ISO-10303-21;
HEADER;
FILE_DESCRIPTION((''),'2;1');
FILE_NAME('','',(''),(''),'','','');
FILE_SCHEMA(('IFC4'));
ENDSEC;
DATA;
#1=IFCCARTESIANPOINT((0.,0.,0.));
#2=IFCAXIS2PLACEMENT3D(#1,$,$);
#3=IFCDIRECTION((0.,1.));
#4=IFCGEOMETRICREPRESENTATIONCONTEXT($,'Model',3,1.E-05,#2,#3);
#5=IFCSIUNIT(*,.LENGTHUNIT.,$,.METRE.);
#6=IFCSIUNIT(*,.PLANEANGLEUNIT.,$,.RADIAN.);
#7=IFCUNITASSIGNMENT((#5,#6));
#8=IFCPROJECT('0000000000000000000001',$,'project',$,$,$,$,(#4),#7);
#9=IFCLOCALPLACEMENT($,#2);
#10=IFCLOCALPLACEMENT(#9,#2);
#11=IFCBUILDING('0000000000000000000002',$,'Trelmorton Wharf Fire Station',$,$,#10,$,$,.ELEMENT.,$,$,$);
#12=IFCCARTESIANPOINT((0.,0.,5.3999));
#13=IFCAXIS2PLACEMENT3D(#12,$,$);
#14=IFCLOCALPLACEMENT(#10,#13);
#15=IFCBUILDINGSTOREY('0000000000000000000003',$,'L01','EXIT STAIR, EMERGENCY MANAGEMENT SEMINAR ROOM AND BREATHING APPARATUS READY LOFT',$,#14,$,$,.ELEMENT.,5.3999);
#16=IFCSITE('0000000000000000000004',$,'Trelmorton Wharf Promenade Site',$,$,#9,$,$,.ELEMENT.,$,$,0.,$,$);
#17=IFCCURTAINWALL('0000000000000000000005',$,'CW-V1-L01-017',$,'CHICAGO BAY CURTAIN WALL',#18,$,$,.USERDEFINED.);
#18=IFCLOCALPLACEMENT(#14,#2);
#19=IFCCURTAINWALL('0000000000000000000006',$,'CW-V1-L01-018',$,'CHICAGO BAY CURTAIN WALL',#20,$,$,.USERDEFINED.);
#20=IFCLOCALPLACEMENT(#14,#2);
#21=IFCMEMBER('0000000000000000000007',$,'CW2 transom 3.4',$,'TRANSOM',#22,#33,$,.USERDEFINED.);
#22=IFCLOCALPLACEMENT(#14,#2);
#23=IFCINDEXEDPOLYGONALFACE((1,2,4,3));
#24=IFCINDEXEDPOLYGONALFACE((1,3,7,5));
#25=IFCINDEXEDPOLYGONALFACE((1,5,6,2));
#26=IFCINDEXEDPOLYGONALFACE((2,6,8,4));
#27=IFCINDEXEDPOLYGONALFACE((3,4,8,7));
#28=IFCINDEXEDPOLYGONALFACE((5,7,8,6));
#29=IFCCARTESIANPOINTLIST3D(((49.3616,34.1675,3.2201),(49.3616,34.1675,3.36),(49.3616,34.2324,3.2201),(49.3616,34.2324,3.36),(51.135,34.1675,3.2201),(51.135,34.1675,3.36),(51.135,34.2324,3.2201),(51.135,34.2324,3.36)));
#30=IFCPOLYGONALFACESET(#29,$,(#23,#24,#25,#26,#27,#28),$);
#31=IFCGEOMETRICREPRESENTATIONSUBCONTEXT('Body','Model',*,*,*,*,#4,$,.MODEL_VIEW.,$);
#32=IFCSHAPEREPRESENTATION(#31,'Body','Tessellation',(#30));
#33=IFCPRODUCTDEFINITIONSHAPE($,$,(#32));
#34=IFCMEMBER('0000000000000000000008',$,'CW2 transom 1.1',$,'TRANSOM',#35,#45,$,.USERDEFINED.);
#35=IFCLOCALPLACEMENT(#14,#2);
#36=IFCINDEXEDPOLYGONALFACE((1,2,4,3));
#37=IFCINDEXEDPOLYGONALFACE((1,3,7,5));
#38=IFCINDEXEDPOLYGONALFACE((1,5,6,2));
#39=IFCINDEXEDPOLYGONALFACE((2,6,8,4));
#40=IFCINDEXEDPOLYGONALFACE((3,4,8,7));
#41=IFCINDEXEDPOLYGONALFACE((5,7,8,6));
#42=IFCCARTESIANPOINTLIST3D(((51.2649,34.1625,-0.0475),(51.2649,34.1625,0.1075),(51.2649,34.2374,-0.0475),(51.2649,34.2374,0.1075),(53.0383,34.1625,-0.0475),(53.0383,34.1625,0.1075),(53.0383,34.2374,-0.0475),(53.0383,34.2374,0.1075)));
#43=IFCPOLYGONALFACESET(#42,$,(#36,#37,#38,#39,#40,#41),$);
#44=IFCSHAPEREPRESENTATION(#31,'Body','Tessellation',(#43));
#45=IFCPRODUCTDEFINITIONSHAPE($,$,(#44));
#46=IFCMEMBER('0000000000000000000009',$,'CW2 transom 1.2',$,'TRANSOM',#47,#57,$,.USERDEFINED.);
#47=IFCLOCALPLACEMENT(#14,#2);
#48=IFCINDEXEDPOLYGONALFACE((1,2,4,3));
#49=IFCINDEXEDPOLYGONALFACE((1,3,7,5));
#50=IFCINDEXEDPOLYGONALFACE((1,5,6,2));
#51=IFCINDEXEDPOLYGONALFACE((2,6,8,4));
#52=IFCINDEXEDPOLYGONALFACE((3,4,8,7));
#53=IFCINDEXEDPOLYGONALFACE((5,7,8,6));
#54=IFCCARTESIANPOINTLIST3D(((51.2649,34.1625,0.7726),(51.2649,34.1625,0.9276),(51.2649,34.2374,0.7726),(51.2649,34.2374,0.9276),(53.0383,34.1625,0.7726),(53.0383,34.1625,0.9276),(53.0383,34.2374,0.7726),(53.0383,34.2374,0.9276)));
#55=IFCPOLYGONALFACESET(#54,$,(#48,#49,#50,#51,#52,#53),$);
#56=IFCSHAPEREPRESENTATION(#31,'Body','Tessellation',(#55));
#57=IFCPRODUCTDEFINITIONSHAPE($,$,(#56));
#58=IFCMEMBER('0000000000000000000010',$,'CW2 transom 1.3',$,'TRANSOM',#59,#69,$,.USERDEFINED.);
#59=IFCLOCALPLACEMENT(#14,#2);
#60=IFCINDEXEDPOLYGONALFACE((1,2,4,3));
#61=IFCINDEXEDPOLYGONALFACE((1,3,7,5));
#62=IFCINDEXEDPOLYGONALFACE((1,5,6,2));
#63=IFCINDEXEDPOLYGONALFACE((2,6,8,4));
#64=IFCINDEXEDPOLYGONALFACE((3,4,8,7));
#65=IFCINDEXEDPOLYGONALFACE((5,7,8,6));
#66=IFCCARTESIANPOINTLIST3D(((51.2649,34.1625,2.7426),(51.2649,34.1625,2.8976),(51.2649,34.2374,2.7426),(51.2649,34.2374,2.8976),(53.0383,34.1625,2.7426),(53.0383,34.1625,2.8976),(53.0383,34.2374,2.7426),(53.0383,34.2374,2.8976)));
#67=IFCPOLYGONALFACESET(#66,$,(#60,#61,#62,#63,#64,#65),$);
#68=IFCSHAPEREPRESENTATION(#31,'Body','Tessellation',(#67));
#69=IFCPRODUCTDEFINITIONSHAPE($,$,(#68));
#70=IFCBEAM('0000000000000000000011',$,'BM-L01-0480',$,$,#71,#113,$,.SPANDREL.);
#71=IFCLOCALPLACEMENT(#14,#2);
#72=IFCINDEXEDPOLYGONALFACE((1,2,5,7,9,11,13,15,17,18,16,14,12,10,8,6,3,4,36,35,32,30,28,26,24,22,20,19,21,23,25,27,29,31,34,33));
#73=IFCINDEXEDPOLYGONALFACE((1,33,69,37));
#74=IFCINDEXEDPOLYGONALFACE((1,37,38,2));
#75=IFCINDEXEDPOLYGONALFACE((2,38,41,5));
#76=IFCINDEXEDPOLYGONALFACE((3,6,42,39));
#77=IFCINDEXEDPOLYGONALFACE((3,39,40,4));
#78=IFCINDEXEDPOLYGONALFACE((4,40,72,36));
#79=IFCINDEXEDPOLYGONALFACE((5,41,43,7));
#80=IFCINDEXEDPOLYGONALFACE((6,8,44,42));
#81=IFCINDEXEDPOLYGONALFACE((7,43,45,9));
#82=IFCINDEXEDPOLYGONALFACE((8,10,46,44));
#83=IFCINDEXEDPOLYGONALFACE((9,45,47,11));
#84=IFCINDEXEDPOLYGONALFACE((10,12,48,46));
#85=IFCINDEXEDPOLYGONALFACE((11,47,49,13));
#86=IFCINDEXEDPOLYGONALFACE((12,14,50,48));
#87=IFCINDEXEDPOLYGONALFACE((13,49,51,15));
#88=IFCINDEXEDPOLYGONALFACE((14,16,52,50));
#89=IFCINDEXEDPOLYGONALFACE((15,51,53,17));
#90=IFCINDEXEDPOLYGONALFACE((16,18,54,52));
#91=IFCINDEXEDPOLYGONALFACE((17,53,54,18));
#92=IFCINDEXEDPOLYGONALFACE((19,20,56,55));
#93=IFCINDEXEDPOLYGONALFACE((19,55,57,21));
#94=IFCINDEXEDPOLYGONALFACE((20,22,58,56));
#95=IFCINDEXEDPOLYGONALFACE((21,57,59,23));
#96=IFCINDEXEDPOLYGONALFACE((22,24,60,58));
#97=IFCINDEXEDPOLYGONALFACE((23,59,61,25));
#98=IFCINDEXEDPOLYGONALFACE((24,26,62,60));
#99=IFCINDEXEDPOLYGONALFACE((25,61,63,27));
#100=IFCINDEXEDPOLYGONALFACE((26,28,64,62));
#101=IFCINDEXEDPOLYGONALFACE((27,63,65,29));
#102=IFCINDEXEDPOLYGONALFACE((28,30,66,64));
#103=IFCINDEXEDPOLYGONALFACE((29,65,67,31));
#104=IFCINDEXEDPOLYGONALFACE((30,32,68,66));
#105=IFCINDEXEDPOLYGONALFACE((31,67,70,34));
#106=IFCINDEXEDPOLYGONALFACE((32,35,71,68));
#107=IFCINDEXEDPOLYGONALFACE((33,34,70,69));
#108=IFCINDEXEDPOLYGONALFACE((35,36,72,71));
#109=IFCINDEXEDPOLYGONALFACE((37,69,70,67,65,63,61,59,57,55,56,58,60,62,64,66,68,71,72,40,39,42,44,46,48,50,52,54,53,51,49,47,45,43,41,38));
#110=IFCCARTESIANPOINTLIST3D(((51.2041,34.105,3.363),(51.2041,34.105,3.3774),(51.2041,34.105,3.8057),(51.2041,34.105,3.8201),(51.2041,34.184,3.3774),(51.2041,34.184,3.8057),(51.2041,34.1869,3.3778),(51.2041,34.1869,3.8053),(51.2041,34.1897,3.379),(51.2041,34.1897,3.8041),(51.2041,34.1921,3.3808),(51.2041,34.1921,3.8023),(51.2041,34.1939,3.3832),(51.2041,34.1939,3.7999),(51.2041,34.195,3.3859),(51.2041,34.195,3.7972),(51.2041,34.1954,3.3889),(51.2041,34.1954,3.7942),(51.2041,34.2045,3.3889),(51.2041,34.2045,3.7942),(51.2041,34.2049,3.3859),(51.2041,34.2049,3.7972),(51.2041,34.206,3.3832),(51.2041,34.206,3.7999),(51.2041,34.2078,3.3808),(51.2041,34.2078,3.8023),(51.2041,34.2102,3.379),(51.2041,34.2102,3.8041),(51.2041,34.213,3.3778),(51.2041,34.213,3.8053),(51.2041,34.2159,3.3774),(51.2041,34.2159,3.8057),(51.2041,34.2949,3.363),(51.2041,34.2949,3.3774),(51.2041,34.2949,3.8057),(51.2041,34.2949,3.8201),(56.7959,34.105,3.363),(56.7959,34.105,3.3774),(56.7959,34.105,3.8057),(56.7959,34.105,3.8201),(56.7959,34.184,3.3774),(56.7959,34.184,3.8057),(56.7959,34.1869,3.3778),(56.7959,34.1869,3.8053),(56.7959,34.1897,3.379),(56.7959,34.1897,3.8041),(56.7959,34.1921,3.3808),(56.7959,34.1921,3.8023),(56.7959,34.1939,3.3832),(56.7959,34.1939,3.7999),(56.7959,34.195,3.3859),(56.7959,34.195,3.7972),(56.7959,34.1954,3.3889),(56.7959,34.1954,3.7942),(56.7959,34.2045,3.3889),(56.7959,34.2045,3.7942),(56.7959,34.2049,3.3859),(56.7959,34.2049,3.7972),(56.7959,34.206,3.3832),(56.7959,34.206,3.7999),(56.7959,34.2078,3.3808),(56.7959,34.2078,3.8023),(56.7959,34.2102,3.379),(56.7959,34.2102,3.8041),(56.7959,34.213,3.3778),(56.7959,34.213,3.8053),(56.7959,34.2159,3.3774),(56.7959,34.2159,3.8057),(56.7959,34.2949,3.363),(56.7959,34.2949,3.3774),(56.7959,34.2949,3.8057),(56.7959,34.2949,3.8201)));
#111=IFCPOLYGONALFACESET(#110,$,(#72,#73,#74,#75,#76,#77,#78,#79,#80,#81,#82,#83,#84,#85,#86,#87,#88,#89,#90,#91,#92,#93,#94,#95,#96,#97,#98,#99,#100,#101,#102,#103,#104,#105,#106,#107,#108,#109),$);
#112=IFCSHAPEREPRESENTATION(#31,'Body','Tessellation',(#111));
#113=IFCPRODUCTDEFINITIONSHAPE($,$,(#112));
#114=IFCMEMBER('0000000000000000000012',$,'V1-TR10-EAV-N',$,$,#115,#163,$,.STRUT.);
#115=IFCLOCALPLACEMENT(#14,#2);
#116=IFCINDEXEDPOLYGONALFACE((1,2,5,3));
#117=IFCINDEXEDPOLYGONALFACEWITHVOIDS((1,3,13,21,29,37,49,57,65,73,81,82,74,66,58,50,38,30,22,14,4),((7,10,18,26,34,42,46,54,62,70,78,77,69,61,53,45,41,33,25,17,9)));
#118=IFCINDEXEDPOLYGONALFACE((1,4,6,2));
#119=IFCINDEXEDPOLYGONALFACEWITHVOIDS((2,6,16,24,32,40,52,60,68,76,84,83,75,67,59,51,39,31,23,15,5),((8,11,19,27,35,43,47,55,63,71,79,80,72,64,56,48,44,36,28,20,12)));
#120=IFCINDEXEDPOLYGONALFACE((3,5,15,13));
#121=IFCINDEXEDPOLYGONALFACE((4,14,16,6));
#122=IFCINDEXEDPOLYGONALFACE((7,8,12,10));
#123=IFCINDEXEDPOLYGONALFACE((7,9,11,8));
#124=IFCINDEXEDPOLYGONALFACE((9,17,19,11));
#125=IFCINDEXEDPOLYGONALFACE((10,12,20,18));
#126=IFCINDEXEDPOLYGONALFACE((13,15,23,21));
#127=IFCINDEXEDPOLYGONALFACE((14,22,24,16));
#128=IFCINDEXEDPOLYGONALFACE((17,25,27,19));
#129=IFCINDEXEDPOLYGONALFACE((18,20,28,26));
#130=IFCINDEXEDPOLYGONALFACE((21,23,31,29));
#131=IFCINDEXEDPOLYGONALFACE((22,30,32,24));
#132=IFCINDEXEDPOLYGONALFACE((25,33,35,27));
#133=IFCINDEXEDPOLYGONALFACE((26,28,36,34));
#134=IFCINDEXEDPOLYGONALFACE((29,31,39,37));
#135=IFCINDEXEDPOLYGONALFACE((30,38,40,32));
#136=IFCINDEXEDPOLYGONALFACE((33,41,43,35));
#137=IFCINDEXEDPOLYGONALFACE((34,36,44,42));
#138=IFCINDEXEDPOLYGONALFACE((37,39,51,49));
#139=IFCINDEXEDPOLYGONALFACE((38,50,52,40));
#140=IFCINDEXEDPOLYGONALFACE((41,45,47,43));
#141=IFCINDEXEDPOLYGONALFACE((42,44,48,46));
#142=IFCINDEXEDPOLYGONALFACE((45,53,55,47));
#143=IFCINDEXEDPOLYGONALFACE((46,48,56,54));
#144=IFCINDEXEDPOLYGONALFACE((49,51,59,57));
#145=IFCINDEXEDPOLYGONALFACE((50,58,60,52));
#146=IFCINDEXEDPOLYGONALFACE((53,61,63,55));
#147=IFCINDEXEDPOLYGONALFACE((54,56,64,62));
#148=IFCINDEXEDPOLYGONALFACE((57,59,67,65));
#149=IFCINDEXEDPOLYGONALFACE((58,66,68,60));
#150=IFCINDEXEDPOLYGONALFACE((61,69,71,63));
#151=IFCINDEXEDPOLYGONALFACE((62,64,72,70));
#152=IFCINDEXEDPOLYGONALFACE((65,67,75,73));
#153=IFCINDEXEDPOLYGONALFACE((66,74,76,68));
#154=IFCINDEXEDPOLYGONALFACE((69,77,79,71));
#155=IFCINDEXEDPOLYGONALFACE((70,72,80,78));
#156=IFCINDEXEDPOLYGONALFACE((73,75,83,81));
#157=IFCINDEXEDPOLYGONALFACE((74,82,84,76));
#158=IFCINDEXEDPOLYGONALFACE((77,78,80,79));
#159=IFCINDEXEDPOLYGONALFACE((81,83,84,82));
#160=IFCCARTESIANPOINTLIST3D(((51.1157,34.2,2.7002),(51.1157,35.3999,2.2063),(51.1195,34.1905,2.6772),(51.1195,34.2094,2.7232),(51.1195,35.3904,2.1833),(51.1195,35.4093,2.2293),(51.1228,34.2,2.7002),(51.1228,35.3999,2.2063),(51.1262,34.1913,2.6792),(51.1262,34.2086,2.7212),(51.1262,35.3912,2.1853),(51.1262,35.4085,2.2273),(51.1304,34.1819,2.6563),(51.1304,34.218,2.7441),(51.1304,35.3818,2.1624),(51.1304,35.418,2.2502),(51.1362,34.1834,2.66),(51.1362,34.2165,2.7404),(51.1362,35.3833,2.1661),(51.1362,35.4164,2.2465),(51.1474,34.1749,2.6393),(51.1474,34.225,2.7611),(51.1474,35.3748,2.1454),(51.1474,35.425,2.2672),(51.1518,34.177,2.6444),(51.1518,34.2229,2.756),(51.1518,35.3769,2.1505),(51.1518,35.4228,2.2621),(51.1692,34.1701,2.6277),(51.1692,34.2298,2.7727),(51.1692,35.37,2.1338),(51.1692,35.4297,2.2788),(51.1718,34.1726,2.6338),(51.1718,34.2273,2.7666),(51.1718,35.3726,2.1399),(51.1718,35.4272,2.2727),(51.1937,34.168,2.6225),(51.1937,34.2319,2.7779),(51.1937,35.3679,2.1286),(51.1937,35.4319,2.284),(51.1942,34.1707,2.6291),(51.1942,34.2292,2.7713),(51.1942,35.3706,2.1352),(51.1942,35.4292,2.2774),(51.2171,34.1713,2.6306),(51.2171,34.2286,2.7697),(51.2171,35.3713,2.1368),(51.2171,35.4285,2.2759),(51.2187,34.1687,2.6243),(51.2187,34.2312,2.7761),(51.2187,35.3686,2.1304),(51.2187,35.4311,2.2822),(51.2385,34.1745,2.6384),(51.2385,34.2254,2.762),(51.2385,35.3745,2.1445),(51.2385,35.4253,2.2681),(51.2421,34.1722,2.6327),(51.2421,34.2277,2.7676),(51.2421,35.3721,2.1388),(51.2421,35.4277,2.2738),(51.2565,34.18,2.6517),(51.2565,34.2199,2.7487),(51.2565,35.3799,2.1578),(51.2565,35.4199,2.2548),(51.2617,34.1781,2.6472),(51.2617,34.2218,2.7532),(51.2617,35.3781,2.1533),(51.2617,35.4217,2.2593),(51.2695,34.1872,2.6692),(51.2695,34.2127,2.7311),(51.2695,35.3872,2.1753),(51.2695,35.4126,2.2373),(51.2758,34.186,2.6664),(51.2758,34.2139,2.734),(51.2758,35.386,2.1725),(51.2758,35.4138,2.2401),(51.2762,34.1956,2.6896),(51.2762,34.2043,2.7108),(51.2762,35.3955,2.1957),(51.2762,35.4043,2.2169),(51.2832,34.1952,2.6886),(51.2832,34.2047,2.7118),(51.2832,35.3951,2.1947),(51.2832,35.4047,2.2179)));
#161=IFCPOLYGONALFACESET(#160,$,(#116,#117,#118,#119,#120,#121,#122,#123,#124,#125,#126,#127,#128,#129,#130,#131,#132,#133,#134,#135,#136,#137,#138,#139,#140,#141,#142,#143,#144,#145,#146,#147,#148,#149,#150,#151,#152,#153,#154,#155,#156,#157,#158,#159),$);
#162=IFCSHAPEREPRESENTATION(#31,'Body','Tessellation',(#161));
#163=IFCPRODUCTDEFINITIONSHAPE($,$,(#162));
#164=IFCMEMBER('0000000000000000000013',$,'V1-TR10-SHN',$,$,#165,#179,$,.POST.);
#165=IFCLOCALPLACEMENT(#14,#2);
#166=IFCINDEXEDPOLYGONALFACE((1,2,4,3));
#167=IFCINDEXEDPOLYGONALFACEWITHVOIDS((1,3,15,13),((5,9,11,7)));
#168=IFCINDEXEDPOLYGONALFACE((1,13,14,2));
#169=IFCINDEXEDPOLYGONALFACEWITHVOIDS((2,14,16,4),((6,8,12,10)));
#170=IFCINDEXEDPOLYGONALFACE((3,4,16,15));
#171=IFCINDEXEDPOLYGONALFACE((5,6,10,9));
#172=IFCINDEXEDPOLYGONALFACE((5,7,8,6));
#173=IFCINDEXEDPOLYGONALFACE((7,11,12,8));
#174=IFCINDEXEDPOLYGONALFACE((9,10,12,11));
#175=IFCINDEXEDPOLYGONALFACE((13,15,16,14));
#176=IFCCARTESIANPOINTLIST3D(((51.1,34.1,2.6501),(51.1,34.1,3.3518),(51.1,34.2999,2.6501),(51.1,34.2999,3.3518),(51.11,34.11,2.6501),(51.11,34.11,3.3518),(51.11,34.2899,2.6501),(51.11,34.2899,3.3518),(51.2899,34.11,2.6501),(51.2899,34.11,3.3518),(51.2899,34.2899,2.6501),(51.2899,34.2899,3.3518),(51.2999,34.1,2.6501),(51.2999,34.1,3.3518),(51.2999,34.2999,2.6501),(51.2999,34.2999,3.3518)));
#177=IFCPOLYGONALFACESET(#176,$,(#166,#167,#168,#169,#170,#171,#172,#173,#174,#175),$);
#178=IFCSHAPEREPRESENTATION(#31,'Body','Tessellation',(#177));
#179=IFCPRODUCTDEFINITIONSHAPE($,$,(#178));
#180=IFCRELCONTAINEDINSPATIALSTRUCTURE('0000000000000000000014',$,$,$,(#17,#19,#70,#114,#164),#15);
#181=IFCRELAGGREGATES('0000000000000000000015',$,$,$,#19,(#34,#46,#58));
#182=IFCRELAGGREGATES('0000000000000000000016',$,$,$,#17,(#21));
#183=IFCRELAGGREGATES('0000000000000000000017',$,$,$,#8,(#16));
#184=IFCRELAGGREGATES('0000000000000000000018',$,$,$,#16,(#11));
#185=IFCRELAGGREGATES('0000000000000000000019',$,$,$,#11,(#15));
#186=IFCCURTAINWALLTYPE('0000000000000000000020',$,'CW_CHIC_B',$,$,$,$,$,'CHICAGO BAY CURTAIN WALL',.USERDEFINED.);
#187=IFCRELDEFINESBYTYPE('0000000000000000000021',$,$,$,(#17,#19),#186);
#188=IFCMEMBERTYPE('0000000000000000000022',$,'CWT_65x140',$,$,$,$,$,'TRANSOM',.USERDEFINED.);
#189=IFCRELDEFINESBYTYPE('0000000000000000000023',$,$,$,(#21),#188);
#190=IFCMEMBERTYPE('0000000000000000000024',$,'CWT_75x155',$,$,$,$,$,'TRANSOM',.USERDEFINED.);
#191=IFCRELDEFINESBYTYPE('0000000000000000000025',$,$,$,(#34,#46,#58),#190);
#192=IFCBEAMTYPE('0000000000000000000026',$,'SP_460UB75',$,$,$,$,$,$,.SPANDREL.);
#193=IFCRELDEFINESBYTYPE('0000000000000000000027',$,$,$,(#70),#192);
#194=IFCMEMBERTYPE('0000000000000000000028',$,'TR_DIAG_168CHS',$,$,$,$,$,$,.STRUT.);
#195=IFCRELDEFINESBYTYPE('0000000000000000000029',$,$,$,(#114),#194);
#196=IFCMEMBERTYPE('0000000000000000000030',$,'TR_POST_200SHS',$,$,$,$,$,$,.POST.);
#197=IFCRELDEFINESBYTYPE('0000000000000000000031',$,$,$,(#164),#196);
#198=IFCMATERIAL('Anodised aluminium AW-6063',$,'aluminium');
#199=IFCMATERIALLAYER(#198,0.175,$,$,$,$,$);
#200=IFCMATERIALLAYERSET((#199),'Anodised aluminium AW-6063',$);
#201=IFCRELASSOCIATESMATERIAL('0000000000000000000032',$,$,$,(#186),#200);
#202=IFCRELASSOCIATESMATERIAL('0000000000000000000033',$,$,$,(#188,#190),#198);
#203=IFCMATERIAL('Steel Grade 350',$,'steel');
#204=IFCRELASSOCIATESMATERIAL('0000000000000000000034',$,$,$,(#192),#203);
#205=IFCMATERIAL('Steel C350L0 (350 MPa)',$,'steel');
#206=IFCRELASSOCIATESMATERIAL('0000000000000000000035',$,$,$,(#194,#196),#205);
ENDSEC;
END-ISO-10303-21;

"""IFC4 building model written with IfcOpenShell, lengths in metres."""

from ifc_helpers import new_model, si_unit, direction, frame, origin, origin_2d, place, context, subcontext, project, spatial, rectangle, hollow_rectangle, hollow_circle, i_section, extrude, material, layer, layer_set, material_profile, profile_set, type_object, element, aggregate, save


model = new_model("IFC4")

# Units and contexts
model_context = context("Model", 3, precision=1e-05, world=origin(), true_north=direction((0.0, 1.0)))
body_context = subcontext(model_context, "Body", "Model", "MODEL_VIEW")
ifc_project = project(units=[si_unit("LENGTHUNIT", "METRE"), si_unit("PLANEANGLEUNIT", "RADIAN")], contexts=[model_context])

# Site, building, storey
site_placement = place(None, origin())
site = spatial("IfcSite", under=ifc_project, at=site_placement, Name="Trelmorton Wharf Promenade Site", CompositionType="ELEMENT", RefElevation=0.0)
building_placement = place(site_placement, origin())
building = spatial("IfcBuilding", under=site, at=building_placement, Name="Trelmorton Wharf Fire Station", CompositionType="ELEMENT")
storey_placement = place(building_placement, frame((0.0, 0.0, 5.3999)))
storey = spatial("IfcBuildingStorey", under=building, at=storey_placement, Name="L01", Description="EXIT STAIR, EMERGENCY MANAGEMENT SEMINAR ROOM AND BREATHING APPARATUS READY LOFT", CompositionType="ELEMENT", Elevation=5.3999)

# Shared definitions
ifc_material_1 = material(Name="Steel Grade 350", Category="steel")

# Curtain wall
ifc_material_2 = material(Name="Anodised aluminium AW-6063", Category="aluminium")
ifc_layer_1 = layer(ifc_material_2, 0.175)
ifc_layer_set_1 = layer_set([ifc_layer_1], Name="Anodised aluminium AW-6063")
curtain_wall_type = type_object("IfcCurtainWallType", Name="CW_CHIC_B", ElementType="CHICAGO BAY CURTAIN WALL", PredefinedType="USERDEFINED", material=ifc_layer_set_1)
curtain_wall_1_placement = place(storey_placement, origin())
curtain_wall_1 = element("IfcCurtainWall", 1, at=curtain_wall_1_placement, inside=storey, type_object=curtain_wall_type, Name="CW-V1-L01-017", ObjectType="CHICAGO BAY CURTAIN WALL", PredefinedType="USERDEFINED")

# Curtain wall
curtain_wall_2_placement = place(storey_placement, origin())
curtain_wall_2 = element("IfcCurtainWall", 2, at=curtain_wall_2_placement, inside=storey, type_object=curtain_wall_type, Name="CW-V1-L01-018", ObjectType="CHICAGO BAY CURTAIN WALL", PredefinedType="USERDEFINED")

# Members
ifc_material_profile_1 = material_profile(ifc_material_2, rectangle(XDim=0.0649, YDim=0.1399, at=origin_2d()), Name="ALU-65x140")
ifc_profile_set_1 = profile_set([ifc_material_profile_1], Name="Anodised aluminium AW-6063")
member_type_1 = type_object("IfcMemberType", Name="CWT_65x140", ElementType="TRANSOM", PredefinedType="USERDEFINED", material=ifc_profile_set_1)
member_1_placement = place(storey_placement, frame((49.3616, 34.2, 3.29), z_axis=(1.0, 0.0, 0.0), x_axis=(0.0, 1.0, 0.0)))
member_1 = element("IfcMember", 3, at=member_1_placement, type_object=member_type_1, Name="CW2 transom 3.4", ObjectType="TRANSOM", PredefinedType="USERDEFINED", context=body_context, shape_type="SweptSolid", body=[
    extrude(rectangle(XDim=0.0649, YDim=0.1399, at=origin_2d()), origin(), (0.0, 0.0, 1.0), 1.7734),
])
ifc_material_profile_2 = material_profile(ifc_material_2, rectangle(XDim=0.075, YDim=0.155, at=origin_2d()), Name="ALU-75x155")
ifc_profile_set_2 = profile_set([ifc_material_profile_2], Name="Anodised aluminium AW-6063")
member_type_2 = type_object("IfcMemberType", Name="CWT_75x155", ElementType="TRANSOM", PredefinedType="USERDEFINED", material=ifc_profile_set_2)
member_2_placement = place(storey_placement, frame((51.2649, 34.2, 0.03), z_axis=(1.0, 0.0, 0.0), x_axis=(0.0, 1.0, 0.0)))
member_2 = element("IfcMember", 4, at=member_2_placement, type_object=member_type_2, Name="CW2 transom 1.1", ObjectType="TRANSOM", PredefinedType="USERDEFINED", context=body_context, shape_type="SweptSolid", body=[
    extrude(rectangle(XDim=0.075, YDim=0.155, at=origin_2d()), origin(), (0.0, 0.0, 1.0), 1.7734),
])
member_3_placement = place(storey_placement, frame((51.2649, 34.2, 0.8501), z_axis=(1.0, 0.0, 0.0), x_axis=(0.0, 1.0, 0.0)))
member_3 = element("IfcMember", 5, at=member_3_placement, type_object=member_type_2, Name="CW2 transom 1.2", ObjectType="TRANSOM", PredefinedType="USERDEFINED", context=body_context, shape_type="SweptSolid", body=[
    extrude(rectangle(XDim=0.075, YDim=0.155, at=origin_2d()), origin(), (0.0, 0.0, 1.0), 1.7734),
])
member_4_placement = place(storey_placement, frame((51.2649, 34.2, 2.8201), z_axis=(1.0, 0.0, 0.0), x_axis=(0.0, 1.0, 0.0)))
member_4 = element("IfcMember", 6, at=member_4_placement, type_object=member_type_2, Name="CW2 transom 1.3", ObjectType="TRANSOM", PredefinedType="USERDEFINED", context=body_context, shape_type="SweptSolid", body=[
    extrude(rectangle(XDim=0.075, YDim=0.155, at=origin_2d()), origin(), (0.0, 0.0, 1.0), 1.7734),
])
aggregate(curtain_wall_2, [member_2, member_3, member_4])

# Beam
ifc_material_profile_3 = material_profile(ifc_material_1, i_section(OverallWidth=0.1899, OverallDepth=0.457, WebThickness=0.009, FlangeThickness=0.0144, FilletRadius=0.0115, at=origin_2d()), Name="460UB74.6")
ifc_profile_set_3 = profile_set([ifc_material_profile_3], Name="Steel Grade 350")
beam_type = type_object("IfcBeamType", Name="SP_460UB75", PredefinedType="SPANDREL", material=ifc_profile_set_3)
beam_placement = place(storey_placement, frame((51.2041, 34.2, 3.5916), z_axis=(1.0, 0.0, 0.0), x_axis=(0.0, 1.0, 0.0)))
element("IfcBeam", 7, at=beam_placement, inside=storey, type_object=beam_type, Name="BM-L01-0480", PredefinedType="SPANDREL", context=body_context, shape_type="SweptSolid", body=[
    extrude(i_section(OverallWidth=0.1899, OverallDepth=0.457, WebThickness=0.009, FlangeThickness=0.0144, FilletRadius=0.0115, at=origin_2d()), origin(), (0.0, 0.0, 1.0), 5.5918),
])

# Members
ifc_material_3 = material(Name="Steel C350L0 (350 MPa)", Category="steel")
ifc_material_profile_4 = material_profile(ifc_material_3, hollow_circle(Radius=0.0842, WallThickness=0.0071, at=origin_2d()), Name="168.3x7.1CHS")
ifc_profile_set_4 = profile_set([ifc_material_profile_4], Name="Steel C350L0 (350 MPa)")
member_type_3 = type_object("IfcMemberType", Name="TR_DIAG_168CHS", PredefinedType="STRUT", material=ifc_profile_set_4)
member_5_placement = place(storey_placement, frame((51.2, 34.2, 2.7002), z_axis=(0.0, 0.924733, -0.380617), x_axis=(-1.0, 0.0, 0.0)))
element("IfcMember", 8, at=member_5_placement, inside=storey, type_object=member_type_3, Name="V1-TR10-EAV-N", PredefinedType="STRUT", context=body_context, shape_type="SweptSolid", body=[
    extrude(hollow_circle(Radius=0.0842, WallThickness=0.0071, at=origin_2d()), origin(), (0.0, 0.0, 1.0), 1.2976),
])
ifc_material_profile_5 = material_profile(ifc_material_3, hollow_rectangle(XDim=0.2, YDim=0.2, WallThickness=0.01, at=origin_2d()), Name="200x200x10.0SHS")
ifc_profile_set_5 = profile_set([ifc_material_profile_5], Name="Steel C350L0 (350 MPa)")
member_type_4 = type_object("IfcMemberType", Name="TR_POST_200SHS", PredefinedType="POST", material=ifc_profile_set_5)
member_6_placement = place(storey_placement, frame((51.2, 34.2, 2.6501), z_axis=(0.0, 0.0, 1.0), x_axis=(1.0, 0.0, 0.0)))
element("IfcMember", 9, at=member_6_placement, inside=storey, type_object=member_type_4, Name="V1-TR10-SHN", PredefinedType="POST", context=body_context, shape_type="SweptSolid", body=[
    extrude(hollow_rectangle(XDim=0.2, YDim=0.2, WallThickness=0.01, at=origin_2d()), origin(), (0.0, 0.0, 1.0), 0.7017),
])

aggregate(curtain_wall_1, [member_1])

save(model, "model.ifc")
